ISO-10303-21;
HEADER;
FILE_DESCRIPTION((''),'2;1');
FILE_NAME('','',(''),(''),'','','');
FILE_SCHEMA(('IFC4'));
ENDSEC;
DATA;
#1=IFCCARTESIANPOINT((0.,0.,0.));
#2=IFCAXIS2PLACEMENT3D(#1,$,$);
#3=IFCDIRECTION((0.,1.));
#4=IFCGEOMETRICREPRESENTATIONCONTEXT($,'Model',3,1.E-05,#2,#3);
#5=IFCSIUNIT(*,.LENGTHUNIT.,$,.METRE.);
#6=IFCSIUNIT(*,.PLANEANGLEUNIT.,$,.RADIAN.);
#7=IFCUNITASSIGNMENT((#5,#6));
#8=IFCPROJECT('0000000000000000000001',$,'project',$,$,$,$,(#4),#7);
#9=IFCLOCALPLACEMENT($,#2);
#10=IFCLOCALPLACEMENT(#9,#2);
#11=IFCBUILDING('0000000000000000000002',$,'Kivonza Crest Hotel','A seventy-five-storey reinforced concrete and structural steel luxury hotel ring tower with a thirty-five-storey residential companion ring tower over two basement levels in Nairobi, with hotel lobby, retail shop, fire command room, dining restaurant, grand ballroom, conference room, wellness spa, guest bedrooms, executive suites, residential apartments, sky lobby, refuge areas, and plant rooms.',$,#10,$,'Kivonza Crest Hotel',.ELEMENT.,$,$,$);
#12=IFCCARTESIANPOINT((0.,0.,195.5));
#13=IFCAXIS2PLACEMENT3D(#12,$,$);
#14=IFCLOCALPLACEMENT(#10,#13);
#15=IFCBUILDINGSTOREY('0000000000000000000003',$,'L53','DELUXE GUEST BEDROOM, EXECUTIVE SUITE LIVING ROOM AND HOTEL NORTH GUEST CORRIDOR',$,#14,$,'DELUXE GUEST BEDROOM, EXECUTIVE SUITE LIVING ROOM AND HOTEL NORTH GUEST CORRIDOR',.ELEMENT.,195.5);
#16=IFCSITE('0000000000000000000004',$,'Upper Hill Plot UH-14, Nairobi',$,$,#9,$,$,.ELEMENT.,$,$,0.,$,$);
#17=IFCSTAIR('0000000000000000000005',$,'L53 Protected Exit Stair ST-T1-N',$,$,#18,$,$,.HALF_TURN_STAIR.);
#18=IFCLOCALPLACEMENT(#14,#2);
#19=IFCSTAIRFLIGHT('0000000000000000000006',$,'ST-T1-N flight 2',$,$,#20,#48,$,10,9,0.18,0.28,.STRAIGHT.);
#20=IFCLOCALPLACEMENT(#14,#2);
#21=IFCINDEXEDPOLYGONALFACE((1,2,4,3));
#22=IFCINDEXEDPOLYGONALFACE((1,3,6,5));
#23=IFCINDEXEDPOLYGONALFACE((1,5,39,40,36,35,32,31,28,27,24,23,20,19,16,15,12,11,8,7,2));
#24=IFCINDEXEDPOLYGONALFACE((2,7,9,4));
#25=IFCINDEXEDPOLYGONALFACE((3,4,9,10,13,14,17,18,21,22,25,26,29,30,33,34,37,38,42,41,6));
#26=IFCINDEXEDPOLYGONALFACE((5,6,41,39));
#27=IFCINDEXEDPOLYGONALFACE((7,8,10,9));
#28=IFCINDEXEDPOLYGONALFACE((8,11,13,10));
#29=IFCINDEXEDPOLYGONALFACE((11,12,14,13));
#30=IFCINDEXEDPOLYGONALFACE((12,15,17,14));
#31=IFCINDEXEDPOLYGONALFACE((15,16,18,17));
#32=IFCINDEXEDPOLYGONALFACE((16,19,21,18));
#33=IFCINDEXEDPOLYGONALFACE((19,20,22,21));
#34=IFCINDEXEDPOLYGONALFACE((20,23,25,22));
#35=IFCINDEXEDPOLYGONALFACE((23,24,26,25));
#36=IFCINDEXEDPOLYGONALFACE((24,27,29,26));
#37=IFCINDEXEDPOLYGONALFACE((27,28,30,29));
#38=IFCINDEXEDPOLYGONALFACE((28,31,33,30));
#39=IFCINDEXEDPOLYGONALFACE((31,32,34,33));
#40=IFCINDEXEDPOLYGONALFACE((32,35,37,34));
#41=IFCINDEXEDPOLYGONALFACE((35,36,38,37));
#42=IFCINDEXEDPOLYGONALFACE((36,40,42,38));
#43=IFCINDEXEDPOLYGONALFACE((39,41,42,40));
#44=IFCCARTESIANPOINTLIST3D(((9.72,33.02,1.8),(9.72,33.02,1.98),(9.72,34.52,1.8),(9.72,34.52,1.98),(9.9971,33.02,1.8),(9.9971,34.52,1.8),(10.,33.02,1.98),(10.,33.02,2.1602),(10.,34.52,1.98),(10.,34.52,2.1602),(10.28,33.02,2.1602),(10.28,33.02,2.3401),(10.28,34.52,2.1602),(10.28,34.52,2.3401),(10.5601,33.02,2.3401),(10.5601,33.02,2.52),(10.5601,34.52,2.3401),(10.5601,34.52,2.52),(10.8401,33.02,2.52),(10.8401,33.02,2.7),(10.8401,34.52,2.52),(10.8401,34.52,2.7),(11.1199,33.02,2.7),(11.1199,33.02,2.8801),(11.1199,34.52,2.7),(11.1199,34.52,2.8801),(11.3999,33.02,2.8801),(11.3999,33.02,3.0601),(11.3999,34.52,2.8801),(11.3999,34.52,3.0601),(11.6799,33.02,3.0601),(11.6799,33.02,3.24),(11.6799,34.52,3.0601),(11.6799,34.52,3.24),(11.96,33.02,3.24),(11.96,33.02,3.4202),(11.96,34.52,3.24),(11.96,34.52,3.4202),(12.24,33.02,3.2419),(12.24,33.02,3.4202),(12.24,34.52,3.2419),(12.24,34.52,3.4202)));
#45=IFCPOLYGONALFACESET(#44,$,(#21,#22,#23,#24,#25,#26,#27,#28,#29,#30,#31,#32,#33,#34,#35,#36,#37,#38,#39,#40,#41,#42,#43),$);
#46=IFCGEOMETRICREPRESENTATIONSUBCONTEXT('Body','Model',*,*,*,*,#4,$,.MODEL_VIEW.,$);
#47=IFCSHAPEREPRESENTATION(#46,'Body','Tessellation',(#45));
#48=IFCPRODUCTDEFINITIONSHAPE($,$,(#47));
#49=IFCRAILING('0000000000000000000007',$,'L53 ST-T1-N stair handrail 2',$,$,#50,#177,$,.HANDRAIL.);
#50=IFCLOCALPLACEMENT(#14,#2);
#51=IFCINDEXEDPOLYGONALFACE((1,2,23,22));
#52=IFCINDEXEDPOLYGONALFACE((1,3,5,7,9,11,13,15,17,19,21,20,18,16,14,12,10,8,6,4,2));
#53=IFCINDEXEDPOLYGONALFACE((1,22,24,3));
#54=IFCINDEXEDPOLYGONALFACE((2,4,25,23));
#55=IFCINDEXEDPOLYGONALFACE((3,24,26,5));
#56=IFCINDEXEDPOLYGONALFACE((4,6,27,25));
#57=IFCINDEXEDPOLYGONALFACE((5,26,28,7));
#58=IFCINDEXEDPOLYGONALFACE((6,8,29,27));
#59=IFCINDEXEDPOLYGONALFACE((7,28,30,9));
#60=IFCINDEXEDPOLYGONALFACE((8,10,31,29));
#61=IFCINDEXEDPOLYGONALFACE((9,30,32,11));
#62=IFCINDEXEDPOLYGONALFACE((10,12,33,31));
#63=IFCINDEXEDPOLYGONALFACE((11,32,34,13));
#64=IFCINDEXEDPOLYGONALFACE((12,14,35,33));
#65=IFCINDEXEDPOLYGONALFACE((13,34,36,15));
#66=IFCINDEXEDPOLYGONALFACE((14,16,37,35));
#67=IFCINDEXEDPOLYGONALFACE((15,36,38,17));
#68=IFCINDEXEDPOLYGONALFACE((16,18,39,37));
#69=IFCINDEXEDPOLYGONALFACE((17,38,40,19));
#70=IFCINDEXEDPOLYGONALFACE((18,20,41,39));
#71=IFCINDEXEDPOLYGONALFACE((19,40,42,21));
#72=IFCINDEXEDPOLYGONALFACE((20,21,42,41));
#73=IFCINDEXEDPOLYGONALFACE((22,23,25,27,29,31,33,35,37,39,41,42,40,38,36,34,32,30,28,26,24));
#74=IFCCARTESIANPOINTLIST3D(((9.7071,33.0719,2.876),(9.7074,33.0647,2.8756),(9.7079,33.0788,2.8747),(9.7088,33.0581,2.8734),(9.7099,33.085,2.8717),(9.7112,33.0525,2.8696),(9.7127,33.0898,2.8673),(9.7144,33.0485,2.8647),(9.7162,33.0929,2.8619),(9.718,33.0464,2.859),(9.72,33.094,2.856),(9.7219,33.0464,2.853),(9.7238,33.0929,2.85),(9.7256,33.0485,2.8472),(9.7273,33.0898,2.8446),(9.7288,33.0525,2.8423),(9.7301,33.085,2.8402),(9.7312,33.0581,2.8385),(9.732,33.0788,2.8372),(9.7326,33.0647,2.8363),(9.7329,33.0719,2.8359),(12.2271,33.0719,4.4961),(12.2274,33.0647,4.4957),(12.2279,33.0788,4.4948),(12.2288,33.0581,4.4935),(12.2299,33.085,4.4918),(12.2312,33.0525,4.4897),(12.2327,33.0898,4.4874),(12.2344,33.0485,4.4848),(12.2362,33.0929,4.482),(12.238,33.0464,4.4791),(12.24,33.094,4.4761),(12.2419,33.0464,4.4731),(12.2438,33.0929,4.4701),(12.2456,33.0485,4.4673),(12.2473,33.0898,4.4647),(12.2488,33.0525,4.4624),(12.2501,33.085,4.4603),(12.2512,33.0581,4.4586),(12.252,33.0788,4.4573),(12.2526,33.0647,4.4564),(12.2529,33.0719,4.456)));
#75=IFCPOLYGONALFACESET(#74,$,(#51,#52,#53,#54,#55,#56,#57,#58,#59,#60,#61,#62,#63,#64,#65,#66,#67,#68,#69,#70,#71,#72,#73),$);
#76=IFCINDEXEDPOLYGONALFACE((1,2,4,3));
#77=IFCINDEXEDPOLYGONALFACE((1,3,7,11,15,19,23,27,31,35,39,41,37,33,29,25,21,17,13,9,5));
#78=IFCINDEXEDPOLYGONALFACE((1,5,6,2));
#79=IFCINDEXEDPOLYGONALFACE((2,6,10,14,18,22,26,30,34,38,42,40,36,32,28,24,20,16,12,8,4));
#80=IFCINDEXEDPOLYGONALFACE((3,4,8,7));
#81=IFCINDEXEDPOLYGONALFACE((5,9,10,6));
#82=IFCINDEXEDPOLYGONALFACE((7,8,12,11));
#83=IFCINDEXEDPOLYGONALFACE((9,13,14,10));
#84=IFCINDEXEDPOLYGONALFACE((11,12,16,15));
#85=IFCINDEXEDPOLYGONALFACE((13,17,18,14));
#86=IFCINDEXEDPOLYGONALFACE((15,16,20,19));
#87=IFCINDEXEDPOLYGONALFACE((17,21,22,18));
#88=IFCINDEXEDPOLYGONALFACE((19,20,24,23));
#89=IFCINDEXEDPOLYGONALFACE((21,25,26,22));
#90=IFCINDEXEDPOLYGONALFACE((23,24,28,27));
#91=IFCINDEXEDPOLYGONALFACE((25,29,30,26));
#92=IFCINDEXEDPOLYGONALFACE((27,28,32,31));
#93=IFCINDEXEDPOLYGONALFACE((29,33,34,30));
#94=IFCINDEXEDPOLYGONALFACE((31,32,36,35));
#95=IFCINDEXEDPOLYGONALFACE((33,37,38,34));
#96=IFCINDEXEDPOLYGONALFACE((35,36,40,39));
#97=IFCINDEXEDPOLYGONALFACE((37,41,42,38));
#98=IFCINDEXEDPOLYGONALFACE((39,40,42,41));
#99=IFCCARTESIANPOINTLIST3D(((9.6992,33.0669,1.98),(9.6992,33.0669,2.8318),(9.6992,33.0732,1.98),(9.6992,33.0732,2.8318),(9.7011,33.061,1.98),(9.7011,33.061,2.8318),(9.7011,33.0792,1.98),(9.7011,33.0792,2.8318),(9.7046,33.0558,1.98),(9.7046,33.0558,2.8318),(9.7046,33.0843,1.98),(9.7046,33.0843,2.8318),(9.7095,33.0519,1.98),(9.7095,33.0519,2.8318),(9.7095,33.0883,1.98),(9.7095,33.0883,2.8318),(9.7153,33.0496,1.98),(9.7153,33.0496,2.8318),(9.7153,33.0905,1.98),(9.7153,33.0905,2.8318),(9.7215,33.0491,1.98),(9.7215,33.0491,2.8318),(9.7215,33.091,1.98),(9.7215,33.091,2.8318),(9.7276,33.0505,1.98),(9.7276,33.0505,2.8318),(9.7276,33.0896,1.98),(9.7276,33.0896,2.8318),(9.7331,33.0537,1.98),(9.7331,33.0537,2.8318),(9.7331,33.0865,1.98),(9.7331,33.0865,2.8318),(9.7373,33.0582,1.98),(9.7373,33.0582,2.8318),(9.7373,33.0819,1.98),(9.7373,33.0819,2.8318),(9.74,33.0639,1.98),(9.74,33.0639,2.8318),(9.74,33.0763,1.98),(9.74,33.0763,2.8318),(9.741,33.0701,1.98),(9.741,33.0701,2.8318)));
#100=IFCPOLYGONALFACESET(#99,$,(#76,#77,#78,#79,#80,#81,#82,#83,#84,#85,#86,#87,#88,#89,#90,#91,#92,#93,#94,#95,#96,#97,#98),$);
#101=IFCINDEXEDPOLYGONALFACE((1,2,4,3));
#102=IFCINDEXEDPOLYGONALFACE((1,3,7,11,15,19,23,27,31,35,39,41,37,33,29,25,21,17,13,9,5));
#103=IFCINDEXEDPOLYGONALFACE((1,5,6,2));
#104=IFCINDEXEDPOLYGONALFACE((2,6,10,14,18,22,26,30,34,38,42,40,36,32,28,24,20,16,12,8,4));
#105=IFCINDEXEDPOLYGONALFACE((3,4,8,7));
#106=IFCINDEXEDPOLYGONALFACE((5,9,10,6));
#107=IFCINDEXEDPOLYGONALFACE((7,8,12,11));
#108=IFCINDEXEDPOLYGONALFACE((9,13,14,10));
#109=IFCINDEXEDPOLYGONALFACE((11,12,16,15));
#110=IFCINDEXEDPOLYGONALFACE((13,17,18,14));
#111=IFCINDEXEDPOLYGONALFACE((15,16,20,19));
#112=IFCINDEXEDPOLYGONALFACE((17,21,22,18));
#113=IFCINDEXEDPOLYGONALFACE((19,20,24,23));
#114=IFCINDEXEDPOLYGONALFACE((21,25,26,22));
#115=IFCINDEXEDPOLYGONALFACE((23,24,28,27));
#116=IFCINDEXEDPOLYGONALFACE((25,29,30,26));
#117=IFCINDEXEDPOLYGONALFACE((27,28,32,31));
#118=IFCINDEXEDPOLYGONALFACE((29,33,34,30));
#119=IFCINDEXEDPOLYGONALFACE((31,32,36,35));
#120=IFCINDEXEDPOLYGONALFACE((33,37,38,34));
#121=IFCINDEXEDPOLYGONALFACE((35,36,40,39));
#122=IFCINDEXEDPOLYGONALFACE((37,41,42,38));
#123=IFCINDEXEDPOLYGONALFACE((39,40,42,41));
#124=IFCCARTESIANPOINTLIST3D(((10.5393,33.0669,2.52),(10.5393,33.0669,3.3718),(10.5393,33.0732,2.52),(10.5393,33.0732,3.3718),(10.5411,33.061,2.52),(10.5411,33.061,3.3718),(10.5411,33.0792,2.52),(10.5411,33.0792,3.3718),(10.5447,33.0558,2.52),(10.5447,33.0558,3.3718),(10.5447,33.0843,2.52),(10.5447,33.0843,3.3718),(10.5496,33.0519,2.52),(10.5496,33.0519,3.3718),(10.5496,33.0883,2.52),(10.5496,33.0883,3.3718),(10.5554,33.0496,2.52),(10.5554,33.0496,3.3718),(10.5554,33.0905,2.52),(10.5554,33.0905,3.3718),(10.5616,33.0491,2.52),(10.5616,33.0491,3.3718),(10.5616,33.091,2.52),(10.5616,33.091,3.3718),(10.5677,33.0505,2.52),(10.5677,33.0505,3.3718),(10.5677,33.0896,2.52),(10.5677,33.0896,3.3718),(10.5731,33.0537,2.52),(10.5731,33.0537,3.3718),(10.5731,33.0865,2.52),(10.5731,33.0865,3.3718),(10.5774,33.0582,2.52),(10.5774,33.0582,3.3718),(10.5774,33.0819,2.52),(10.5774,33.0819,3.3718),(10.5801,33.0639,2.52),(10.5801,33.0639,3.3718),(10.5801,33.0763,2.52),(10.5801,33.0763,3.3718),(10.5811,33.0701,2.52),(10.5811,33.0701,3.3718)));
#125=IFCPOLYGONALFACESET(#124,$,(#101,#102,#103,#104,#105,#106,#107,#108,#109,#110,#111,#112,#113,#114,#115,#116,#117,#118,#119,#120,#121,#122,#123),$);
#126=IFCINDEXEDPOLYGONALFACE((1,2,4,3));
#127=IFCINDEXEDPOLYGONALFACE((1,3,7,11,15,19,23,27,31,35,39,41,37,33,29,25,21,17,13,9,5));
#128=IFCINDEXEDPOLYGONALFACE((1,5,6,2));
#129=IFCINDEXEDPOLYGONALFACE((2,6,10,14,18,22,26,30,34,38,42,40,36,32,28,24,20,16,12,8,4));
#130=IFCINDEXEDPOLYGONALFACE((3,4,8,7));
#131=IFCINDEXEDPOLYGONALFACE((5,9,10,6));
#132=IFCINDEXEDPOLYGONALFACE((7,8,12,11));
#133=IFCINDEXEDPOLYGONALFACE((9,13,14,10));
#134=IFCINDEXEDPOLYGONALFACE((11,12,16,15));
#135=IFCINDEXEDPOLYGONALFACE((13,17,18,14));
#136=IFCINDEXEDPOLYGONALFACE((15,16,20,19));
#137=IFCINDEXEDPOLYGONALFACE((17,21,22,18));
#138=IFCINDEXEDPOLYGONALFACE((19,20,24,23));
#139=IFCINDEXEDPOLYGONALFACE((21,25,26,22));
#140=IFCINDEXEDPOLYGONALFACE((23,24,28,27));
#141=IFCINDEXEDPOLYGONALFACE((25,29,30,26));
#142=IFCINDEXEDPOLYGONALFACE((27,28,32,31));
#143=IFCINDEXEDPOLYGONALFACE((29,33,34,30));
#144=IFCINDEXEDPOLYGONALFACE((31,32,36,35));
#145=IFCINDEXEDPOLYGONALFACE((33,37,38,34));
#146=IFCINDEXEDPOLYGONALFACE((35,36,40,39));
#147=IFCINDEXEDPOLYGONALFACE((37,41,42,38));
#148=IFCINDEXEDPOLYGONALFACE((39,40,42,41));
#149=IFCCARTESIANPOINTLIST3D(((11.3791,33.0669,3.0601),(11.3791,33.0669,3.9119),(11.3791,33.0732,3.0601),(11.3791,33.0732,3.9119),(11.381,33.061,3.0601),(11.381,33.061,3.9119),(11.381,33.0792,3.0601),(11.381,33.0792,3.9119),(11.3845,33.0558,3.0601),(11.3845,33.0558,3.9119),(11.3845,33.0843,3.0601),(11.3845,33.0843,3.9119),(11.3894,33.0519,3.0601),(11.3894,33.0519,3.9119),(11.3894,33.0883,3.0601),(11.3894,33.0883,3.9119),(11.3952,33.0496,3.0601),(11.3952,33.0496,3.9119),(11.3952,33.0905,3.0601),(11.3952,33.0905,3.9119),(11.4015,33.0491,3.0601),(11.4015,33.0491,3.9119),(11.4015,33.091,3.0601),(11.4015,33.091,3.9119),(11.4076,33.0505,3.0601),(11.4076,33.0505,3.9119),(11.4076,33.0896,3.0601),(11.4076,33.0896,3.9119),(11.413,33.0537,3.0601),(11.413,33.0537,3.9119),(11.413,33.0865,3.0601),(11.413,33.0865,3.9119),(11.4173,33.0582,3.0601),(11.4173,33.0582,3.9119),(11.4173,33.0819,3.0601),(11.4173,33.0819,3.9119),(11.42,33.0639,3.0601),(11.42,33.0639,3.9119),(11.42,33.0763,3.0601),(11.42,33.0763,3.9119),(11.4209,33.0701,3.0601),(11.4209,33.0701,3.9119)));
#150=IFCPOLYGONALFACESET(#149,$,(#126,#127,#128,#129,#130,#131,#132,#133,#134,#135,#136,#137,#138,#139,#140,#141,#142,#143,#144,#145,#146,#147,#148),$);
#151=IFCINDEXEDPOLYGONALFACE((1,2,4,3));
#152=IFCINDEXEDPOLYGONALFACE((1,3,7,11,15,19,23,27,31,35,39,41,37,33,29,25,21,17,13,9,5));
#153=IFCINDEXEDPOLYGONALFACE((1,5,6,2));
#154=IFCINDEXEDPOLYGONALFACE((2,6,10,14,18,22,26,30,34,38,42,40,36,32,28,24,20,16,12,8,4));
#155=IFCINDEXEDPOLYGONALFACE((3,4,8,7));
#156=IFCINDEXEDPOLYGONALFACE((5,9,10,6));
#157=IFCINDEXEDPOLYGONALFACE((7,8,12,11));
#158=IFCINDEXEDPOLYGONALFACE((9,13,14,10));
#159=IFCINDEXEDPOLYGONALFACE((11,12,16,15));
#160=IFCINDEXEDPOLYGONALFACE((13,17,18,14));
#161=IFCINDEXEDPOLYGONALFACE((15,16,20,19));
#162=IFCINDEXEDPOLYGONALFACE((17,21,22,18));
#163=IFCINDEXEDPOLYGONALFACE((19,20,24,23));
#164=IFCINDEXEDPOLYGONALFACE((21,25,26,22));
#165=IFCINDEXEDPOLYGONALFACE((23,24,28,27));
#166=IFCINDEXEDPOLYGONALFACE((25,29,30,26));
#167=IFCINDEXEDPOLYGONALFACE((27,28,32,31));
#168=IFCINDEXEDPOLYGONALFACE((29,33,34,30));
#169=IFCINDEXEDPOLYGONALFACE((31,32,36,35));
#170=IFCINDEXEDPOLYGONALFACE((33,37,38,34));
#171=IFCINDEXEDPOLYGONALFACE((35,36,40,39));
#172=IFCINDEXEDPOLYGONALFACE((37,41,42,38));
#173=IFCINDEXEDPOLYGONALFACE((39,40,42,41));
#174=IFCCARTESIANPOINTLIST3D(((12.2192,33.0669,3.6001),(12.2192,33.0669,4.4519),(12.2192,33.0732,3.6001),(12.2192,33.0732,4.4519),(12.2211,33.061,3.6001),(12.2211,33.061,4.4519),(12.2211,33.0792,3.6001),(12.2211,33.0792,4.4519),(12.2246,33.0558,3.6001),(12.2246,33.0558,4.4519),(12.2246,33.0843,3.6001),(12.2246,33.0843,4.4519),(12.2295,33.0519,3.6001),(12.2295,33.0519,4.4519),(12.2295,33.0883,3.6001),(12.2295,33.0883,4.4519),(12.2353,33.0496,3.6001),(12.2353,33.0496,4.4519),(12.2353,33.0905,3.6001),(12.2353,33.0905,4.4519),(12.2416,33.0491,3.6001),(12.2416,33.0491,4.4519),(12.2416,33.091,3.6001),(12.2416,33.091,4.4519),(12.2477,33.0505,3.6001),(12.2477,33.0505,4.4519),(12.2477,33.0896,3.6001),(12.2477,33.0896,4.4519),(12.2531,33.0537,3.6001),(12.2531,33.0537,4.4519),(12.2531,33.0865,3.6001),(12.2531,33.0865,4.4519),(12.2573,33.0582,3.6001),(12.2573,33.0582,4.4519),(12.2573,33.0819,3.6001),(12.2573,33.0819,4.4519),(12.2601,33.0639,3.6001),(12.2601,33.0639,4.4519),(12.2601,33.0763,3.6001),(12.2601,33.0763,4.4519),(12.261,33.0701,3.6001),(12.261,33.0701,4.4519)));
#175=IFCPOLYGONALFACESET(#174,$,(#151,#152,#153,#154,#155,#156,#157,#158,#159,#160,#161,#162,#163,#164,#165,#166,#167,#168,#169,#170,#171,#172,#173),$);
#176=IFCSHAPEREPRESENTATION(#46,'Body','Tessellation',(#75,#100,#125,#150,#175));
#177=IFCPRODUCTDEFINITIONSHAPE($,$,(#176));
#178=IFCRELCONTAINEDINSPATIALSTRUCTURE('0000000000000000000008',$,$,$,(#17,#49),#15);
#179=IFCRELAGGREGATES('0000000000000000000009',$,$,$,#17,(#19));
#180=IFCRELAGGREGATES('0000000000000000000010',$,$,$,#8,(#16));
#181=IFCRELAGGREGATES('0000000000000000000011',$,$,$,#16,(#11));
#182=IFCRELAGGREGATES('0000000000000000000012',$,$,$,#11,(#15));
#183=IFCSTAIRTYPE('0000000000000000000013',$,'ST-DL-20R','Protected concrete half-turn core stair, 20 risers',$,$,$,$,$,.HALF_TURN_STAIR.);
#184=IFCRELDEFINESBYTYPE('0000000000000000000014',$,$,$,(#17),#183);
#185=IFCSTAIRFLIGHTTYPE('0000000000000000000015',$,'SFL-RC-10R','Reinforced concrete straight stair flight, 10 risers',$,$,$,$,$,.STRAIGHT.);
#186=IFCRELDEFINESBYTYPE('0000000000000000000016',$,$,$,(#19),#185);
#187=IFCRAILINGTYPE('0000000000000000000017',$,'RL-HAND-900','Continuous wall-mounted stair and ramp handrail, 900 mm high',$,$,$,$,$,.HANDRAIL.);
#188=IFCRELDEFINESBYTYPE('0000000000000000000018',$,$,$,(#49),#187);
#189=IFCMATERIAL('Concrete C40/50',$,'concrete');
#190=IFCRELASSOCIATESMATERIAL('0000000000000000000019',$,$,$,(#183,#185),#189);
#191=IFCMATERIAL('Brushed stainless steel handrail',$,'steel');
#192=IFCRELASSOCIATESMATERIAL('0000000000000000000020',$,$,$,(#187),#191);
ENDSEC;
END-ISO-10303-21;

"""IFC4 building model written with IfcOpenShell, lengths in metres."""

from ifc_helpers import new_model, si_unit, direction, frame, origin, origin_2d, place, context, subcontext, project, spatial, polyline, circle, outline, extrude, material, type_object, element, aggregate, save


model = new_model("IFC4")

# Units and contexts
model_context = context("Model", 3, precision=1e-05, world=origin(), true_north=direction((0.0, 1.0)))
body_context = subcontext(model_context, "Body", "Model", "MODEL_VIEW")
ifc_project = project(units=[si_unit("LENGTHUNIT", "METRE"), si_unit("PLANEANGLEUNIT", "RADIAN")], contexts=[model_context])

# Site, building, storey
site_placement = place(None, origin())
site = spatial("IfcSite", under=ifc_project, at=site_placement, Name="Upper Hill Plot UH-14, Nairobi", CompositionType="ELEMENT", RefElevation=0.0)
building_placement = place(site_placement, origin())
building = spatial("IfcBuilding", under=site, at=building_placement, Name="Kivonza Crest Hotel", Description="A seventy-five-storey reinforced concrete and structural steel luxury hotel ring tower with a thirty-five-storey residential companion ring tower over two basement levels in Nairobi, with hotel lobby, retail shop, fire command room, dining restaurant, grand ballroom, conference room, wellness spa, guest bedrooms, executive suites, residential apartments, sky lobby, refuge areas, and plant rooms.", LongName="Kivonza Crest Hotel", CompositionType="ELEMENT")
storey_placement = place(building_placement, frame((0.0, 0.0, 195.5)))
storey = spatial("IfcBuildingStorey", under=building, at=storey_placement, Name="L53", Description="DELUXE GUEST BEDROOM, EXECUTIVE SUITE LIVING ROOM AND HOTEL NORTH GUEST CORRIDOR", LongName="DELUXE GUEST BEDROOM, EXECUTIVE SUITE LIVING ROOM AND HOTEL NORTH GUEST CORRIDOR", CompositionType="ELEMENT", Elevation=195.5)

# Stair, stair flight
ifc_material_1 = material(Name="Concrete C40/50", Category="concrete")
stair_type = type_object("IfcStairType", Name="ST-DL-20R", Description="Protected concrete half-turn core stair, 20 risers", PredefinedType="HALF_TURN_STAIR", material=ifc_material_1)
stair_placement = place(storey_placement, origin())
stair = element("IfcStair", 1, at=stair_placement, inside=storey, type_object=stair_type, Name="L53 Protected Exit Stair ST-T1-N", PredefinedType="HALF_TURN_STAIR")
stair_flight_type = type_object("IfcStairFlightType", Name="SFL-RC-10R", Description="Reinforced concrete straight stair flight, 10 risers", PredefinedType="STRAIGHT", material=ifc_material_1)
stair_flight_placement = place(storey_placement, frame((9.72, 33.77, 1.8), z_axis=(0.0, 0.0, 1.0), x_axis=(1.0, 0.0, 0.0)))
stair_flight = element("IfcStairFlight", 2, at=stair_flight_placement, type_object=stair_flight_type, Name="ST-T1-N flight 2", NumberOfRisers=10, NumberOfTreads=9, PredefinedType="STRAIGHT", RiserHeight=0.18, TreadLength=0.28, context=body_context, shape_type="SweptSolid", body=[
    extrude(outline(polyline([(0.0, 0.0), (0.0, 0.1799), (0.28, 0.1799), (0.28, 0.3601), (0.5601, 0.3601), (0.5601, 0.54), (0.8401, 0.54), (0.8401, 0.72), (1.1201, 0.72), (1.1201, 0.8999), (1.3999, 0.8999), (1.3999, 1.0801), (1.6799, 1.0801), (1.6799, 1.26), (1.96, 1.26), (1.96, 1.4399), (2.24, 1.4399), (2.24, 1.6201), (2.52, 1.6201), (2.52, 1.8), (2.52, 1.4419), (0.2771, 0.0), (0.0, 0.0)])), frame((0.0, 0.75, 0.0), z_axis=(0.0, -1.0, 0.0), x_axis=(1.0, 0.0, 0.0)), (0.0, 0.0, 1.0), 1.5),
])
aggregate(stair, [stair_flight])

# Railing
ifc_material_2 = material(Name="Brushed stainless steel handrail", Category="steel")
railing_type_1 = type_object("IfcRailingType", Name="RL-HAND-900", Description="Continuous wall-mounted stair and ramp handrail, 900 mm high", PredefinedType="HANDRAIL", material=ifc_material_2)
railing_1_placement = place(storey_placement, frame((9.72, 33.0701, 1.98)))
element("IfcRailing", 3, at=railing_1_placement, inside=storey, type_object=railing_type_1, Name="L53 ST-T1-N stair handrail 2", PredefinedType="HANDRAIL", context=body_context, shape_type="SweptSolid", body=[
    extrude(circle(Radius=0.0239, at=origin_2d()), frame((0.0, 0.0, 0.876), z_axis=(0.841163, 0.0, 0.540782), x_axis=(0.0, 1.0, 0.0)), (0.0, 0.0, 1.0), 2.9958),
    extrude(circle(Radius=0.021, at=origin_2d()), origin(), (0.0, 0.0, 1.0), 0.8518),
    extrude(circle(Radius=0.021, at=origin_2d()), frame((0.8401, 0.0, 0.54)), (0.0, 0.0, 1.0), 0.8518),
    extrude(circle(Radius=0.021, at=origin_2d()), frame((1.6799, 0.0, 1.0801)), (0.0, 0.0, 1.0), 0.8518),
    extrude(circle(Radius=0.021, at=origin_2d()), frame((2.52, 0.0, 1.6201)), (0.0, 0.0, 1.0), 0.8518),
])

save(model, "model.ifc")
